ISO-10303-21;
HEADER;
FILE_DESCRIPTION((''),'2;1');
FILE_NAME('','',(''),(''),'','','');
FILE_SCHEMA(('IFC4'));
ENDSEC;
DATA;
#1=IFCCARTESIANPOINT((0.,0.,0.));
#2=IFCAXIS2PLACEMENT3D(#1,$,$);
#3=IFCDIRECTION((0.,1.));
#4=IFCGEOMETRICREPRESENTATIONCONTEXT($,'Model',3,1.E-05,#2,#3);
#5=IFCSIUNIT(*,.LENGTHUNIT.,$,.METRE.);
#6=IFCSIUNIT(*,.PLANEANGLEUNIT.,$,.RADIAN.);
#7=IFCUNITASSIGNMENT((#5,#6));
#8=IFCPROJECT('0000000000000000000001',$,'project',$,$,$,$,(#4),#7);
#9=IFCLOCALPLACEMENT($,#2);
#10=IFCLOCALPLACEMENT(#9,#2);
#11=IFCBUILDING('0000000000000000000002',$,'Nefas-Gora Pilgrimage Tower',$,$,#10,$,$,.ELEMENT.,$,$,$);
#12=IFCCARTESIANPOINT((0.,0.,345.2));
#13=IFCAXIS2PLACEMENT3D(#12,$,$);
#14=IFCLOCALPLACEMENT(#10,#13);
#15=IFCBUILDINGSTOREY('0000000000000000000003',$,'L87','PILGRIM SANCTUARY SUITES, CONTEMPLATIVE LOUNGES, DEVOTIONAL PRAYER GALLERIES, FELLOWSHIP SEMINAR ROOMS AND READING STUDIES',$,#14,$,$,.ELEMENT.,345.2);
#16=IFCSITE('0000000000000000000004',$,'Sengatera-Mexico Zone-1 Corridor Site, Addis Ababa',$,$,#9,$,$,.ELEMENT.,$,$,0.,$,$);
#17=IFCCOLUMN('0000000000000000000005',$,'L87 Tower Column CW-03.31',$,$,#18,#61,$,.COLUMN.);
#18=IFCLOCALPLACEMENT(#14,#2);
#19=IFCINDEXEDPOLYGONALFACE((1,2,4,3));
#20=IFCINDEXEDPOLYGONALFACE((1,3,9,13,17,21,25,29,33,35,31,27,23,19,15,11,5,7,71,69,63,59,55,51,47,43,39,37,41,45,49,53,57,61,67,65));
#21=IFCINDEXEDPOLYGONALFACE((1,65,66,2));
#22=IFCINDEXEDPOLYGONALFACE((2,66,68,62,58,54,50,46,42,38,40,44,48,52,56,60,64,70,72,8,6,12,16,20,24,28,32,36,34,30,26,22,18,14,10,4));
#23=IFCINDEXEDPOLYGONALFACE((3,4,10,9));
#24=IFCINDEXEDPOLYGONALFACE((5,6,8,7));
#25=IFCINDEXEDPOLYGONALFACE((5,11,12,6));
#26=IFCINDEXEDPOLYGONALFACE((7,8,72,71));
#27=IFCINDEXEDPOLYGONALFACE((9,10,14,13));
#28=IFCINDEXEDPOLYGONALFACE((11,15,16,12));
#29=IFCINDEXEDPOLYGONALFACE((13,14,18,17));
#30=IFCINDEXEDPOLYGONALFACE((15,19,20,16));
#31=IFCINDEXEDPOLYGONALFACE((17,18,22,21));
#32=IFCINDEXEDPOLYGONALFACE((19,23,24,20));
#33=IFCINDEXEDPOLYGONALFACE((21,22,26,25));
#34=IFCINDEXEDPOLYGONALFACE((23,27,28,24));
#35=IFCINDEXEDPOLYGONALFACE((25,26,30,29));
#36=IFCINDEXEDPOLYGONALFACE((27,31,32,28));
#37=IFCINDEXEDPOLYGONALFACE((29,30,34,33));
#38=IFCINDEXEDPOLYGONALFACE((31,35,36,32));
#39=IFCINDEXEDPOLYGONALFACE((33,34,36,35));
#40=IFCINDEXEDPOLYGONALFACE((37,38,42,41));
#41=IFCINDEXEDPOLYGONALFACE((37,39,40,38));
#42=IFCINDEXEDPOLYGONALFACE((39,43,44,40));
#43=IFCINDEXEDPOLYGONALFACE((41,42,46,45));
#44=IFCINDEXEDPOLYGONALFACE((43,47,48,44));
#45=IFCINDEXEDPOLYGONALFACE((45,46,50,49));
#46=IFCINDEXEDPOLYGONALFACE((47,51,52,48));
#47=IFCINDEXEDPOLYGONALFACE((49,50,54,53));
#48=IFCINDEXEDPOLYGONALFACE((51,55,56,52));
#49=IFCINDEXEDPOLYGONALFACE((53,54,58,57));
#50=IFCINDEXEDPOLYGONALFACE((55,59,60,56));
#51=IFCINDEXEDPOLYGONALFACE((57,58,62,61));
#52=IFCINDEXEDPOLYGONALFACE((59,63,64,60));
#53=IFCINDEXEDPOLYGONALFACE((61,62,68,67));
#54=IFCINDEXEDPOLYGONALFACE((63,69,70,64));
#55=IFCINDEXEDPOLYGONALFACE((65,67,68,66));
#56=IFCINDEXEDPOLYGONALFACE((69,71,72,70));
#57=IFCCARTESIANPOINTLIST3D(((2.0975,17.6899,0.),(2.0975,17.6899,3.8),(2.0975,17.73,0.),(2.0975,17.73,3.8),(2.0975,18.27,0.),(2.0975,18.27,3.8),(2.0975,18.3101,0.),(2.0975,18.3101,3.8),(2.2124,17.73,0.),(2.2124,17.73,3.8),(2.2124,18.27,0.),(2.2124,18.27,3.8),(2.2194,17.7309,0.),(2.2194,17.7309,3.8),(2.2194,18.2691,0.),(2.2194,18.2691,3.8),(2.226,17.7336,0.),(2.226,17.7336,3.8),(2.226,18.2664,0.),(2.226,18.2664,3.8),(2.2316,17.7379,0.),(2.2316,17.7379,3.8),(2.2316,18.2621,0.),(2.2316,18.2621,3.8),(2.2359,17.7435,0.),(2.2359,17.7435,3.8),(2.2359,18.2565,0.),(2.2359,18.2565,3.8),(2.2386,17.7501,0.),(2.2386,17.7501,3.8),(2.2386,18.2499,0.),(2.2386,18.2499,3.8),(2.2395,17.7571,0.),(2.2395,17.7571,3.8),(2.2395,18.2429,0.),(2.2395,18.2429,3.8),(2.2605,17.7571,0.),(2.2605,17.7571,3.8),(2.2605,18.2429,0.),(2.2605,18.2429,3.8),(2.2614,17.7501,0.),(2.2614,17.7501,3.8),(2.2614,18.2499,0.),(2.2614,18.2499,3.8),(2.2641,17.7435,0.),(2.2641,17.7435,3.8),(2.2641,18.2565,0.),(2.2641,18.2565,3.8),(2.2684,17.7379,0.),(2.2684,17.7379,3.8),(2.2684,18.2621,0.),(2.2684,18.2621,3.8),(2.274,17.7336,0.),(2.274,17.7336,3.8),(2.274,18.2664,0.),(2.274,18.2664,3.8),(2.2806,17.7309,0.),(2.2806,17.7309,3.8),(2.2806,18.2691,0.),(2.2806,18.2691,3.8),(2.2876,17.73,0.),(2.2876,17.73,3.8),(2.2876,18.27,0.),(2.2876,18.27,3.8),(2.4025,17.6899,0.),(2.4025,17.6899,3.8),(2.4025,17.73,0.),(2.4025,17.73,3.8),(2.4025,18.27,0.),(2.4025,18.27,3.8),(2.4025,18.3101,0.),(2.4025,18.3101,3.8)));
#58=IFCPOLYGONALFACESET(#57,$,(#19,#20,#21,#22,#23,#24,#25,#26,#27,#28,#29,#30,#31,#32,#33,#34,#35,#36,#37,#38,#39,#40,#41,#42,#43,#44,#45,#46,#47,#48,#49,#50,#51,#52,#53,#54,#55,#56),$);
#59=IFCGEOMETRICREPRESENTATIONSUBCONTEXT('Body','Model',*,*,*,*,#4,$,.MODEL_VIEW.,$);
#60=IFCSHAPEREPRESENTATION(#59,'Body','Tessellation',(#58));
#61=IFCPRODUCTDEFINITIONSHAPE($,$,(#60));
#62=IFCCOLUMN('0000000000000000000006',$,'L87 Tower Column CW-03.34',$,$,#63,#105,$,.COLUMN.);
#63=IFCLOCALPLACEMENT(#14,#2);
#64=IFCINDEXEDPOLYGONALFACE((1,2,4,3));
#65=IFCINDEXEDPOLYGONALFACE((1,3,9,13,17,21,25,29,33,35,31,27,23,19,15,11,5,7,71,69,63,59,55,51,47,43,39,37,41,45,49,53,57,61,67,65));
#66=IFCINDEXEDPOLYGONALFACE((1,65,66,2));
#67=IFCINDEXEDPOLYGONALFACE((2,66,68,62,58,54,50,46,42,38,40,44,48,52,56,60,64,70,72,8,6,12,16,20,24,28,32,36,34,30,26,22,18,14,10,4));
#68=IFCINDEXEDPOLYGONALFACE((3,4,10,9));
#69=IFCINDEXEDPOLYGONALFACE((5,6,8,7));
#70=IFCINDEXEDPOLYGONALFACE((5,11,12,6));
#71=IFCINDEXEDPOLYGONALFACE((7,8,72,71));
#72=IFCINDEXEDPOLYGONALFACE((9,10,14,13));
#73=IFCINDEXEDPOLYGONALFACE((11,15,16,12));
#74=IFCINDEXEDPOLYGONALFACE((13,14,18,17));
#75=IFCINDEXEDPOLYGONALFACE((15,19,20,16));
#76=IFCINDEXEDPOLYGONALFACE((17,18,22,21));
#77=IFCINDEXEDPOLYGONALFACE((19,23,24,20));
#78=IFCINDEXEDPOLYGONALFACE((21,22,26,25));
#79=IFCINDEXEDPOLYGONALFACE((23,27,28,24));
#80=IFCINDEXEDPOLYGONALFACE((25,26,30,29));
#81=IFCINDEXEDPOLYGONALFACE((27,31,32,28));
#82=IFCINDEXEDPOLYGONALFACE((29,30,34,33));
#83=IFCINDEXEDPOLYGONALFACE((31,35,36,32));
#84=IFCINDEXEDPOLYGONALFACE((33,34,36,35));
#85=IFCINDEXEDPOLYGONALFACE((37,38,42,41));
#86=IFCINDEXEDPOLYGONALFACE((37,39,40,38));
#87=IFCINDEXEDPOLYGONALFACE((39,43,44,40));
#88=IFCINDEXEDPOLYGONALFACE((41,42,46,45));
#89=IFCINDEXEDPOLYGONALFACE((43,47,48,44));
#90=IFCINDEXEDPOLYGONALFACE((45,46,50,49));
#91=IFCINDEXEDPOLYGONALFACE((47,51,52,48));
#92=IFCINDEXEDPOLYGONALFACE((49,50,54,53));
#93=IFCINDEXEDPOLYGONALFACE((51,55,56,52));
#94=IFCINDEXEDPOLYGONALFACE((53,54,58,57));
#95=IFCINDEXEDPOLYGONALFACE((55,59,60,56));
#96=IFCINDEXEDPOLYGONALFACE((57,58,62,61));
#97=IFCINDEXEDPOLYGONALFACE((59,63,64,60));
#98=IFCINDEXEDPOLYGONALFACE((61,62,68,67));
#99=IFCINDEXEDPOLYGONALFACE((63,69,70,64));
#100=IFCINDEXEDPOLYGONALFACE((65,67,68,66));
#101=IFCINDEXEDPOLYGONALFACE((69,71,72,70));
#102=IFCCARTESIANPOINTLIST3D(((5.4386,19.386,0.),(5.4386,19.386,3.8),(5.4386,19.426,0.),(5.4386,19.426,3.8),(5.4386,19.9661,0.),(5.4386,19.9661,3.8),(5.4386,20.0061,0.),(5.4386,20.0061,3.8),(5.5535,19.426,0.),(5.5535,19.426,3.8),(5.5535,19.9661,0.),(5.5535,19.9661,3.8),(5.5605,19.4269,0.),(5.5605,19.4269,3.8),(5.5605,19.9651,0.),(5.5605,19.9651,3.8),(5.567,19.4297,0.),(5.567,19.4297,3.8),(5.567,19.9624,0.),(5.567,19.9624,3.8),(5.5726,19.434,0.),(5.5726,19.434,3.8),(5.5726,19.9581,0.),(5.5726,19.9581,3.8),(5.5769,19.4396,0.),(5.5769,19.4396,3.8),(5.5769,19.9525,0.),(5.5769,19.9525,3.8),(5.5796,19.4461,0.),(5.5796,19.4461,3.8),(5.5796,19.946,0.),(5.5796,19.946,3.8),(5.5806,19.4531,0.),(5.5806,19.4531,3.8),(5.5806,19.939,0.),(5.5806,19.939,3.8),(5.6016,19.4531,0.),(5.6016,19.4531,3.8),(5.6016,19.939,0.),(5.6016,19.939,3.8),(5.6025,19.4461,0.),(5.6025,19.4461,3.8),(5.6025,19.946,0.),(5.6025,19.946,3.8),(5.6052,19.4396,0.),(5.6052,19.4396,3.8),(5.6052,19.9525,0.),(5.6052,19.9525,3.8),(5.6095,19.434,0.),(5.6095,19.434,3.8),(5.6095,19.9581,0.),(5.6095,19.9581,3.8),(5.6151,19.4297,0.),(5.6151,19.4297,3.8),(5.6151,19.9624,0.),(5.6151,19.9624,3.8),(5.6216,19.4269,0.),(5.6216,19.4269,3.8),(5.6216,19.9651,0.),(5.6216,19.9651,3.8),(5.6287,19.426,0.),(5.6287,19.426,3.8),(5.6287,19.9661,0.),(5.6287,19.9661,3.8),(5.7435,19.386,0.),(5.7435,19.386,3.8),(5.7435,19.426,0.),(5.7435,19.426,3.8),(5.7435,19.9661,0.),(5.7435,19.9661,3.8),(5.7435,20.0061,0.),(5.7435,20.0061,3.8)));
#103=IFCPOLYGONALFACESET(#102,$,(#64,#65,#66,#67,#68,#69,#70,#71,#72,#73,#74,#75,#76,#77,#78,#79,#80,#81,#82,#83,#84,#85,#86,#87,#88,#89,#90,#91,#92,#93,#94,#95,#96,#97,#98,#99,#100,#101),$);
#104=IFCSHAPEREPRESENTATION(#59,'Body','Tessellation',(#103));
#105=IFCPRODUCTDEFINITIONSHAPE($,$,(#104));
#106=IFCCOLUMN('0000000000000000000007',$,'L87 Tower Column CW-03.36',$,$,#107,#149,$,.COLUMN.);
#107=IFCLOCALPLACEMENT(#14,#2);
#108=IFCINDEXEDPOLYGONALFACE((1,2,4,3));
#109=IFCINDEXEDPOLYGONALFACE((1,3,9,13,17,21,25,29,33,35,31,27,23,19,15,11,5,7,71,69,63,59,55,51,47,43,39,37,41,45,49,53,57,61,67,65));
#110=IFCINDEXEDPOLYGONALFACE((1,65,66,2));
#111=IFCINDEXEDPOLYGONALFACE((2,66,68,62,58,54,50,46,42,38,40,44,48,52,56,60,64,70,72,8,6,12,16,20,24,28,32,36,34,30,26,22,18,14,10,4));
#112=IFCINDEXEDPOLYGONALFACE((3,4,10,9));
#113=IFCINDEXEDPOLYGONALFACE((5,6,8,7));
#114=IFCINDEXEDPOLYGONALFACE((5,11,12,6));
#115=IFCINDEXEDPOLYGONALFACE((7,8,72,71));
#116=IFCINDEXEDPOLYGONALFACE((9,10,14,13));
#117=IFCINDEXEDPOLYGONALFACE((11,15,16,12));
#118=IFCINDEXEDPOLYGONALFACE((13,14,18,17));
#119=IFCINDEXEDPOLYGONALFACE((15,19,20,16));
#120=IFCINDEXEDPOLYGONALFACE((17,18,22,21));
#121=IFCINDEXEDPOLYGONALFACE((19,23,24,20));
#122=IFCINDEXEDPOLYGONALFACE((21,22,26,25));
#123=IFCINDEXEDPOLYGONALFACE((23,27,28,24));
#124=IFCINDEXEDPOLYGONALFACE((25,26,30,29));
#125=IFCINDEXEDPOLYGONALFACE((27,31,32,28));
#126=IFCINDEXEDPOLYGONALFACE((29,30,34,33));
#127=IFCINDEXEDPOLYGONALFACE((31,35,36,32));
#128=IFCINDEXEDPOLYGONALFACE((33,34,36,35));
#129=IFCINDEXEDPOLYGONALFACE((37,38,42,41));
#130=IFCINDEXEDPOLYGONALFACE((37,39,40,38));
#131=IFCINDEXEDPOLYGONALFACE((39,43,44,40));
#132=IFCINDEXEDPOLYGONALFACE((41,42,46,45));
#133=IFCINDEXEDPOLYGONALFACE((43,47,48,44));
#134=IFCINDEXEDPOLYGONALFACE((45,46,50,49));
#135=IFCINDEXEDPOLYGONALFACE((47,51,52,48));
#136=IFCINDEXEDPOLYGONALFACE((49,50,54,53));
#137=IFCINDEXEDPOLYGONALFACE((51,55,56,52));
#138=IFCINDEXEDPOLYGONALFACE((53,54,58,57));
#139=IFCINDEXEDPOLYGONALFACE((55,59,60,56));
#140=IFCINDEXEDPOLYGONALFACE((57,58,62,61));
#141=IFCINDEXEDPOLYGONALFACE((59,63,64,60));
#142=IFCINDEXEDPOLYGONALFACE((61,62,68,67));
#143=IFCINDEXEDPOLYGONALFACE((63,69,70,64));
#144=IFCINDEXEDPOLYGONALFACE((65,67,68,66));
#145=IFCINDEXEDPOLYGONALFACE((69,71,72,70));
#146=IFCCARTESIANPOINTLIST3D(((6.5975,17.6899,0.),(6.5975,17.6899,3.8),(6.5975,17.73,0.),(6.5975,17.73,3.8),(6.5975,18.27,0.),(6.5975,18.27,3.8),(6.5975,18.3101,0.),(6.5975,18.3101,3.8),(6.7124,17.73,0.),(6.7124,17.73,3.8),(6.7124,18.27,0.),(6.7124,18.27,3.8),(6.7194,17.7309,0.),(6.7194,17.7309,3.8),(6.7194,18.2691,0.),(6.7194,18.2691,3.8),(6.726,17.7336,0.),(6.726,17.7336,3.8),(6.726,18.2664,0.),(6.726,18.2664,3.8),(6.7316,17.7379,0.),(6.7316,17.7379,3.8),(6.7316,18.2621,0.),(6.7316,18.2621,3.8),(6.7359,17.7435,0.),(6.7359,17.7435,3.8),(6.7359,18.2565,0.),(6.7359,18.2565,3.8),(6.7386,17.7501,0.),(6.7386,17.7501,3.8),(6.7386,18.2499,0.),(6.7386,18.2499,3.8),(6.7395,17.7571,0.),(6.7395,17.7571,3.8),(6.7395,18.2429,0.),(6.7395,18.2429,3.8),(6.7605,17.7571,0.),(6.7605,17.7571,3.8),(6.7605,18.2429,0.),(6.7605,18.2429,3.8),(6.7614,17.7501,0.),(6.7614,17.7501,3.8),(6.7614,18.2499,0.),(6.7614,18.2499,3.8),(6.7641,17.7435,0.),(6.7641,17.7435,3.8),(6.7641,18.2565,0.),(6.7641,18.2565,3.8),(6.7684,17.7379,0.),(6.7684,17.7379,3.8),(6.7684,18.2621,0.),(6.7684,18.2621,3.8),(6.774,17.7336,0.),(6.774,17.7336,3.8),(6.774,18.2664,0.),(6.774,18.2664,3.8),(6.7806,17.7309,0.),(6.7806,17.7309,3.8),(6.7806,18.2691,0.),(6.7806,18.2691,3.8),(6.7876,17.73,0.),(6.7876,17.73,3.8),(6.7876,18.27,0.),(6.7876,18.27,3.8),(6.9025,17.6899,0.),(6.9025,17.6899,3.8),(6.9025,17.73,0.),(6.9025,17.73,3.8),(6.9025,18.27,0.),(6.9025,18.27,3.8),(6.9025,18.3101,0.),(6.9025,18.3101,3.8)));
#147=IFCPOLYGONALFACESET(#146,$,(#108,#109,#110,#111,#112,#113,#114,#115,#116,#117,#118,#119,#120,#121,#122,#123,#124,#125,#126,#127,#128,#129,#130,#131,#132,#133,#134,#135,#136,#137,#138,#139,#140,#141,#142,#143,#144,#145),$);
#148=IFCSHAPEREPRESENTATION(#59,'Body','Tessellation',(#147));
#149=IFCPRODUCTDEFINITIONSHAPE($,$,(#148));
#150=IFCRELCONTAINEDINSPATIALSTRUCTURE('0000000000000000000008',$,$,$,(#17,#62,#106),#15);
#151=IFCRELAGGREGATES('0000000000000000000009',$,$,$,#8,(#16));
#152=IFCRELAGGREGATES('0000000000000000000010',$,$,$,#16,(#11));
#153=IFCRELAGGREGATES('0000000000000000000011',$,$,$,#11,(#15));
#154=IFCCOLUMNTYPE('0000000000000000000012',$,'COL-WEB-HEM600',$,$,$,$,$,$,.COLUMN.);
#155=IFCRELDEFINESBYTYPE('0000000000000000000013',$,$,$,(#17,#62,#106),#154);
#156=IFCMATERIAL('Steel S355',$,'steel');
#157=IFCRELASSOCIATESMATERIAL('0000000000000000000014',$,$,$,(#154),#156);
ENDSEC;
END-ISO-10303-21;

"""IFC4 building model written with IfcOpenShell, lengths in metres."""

from ifc_helpers import new_model, si_unit, direction, frame, origin, origin_2d, place, context, subcontext, project, spatial, i_section, extrude, source, transform, mapped, material, material_profile, profile_set, type_object, element, save


model = new_model("IFC4")

# Units and contexts
model_context = context("Model", 3, precision=1e-05, world=origin(), true_north=direction((0.0, 1.0)))
body_context = subcontext(model_context, "Body", "Model", "MODEL_VIEW")
ifc_project = project(units=[si_unit("LENGTHUNIT", "METRE"), si_unit("PLANEANGLEUNIT", "RADIAN")], contexts=[model_context])

# Site, building, storey
site_placement = place(None, origin())
site = spatial("IfcSite", under=ifc_project, at=site_placement, Name="Sengatera-Mexico Zone-1 Corridor Site, Addis Ababa", CompositionType="ELEMENT", RefElevation=0.0)
building_placement = place(site_placement, origin())
building = spatial("IfcBuilding", under=site, at=building_placement, Name="Nefas-Gora Pilgrimage Tower", CompositionType="ELEMENT")
storey_placement = place(building_placement, frame((0.0, 0.0, 345.2)))
storey = spatial("IfcBuildingStorey", under=building, at=storey_placement, Name="L87", Description="PILGRIM SANCTUARY SUITES, CONTEMPLATIVE LOUNGES, DEVOTIONAL PRAYER GALLERIES, FELLOWSHIP SEMINAR ROOMS AND READING STUDIES", CompositionType="ELEMENT", Elevation=345.2)

# Columns
ifc_material_1 = material(Name="Steel S355", Category="steel")
ifc_material_profile_1 = material_profile(ifc_material_1, i_section(OverallWidth=0.3049, OverallDepth=0.6201, WebThickness=0.021, FlangeThickness=0.04, FilletRadius=0.0271, at=origin_2d()), Name="HEM 600")
ifc_profile_set_1 = profile_set([ifc_material_profile_1], Name="Steel S355")
column_type_1 = type_object("IfcColumnType", Name="COL-WEB-HEM600", PredefinedType="COLUMN", material=ifc_profile_set_1)
shared_shape_1 = source(origin(), body_context, "Body", "SweptSolid", [
    extrude(i_section(OverallWidth=0.3049, OverallDepth=0.6201, WebThickness=0.021, FlangeThickness=0.04, FilletRadius=0.0271, at=origin_2d()), origin(), (0.0, 0.0, 1.0), 3.8),
])
for number, where, z_axis, x_axis, name in (
    (1, (2.25, 18.0, 0.0), (0.0, 0.0, 1.0), (1.0, 0.0, 0.0), "L87 Tower Column CW-03.31"),
    (2, (5.5911, 19.696, 0.0), (0.0, 0.0, 1.0), (1.0, 0.0, 0.0), "L87 Tower Column CW-03.34"),
    (3, (6.75, 18.0, 0.0), (0.0, 0.0, 1.0), (1.0, 0.0, 0.0), "L87 Tower Column CW-03.36"),
):
    element("IfcColumn", number, at=place(storey_placement, frame(where, z_axis=z_axis, x_axis=x_axis)), inside=storey, type_object=column_type_1, Name=name, PredefinedType="COLUMN", context=body_context, shape_type="MappedRepresentation", body=[
        mapped(shared_shape_1, transform((0.0, 0.0, 0.0), x_axis=(1.0, 0.0, 0.0), y_axis=(0.0, 1.0, 0.0), z_axis=(0.0, 0.0, 1.0), scale=1.0)),
    ])

save(model, "model.ifc")
